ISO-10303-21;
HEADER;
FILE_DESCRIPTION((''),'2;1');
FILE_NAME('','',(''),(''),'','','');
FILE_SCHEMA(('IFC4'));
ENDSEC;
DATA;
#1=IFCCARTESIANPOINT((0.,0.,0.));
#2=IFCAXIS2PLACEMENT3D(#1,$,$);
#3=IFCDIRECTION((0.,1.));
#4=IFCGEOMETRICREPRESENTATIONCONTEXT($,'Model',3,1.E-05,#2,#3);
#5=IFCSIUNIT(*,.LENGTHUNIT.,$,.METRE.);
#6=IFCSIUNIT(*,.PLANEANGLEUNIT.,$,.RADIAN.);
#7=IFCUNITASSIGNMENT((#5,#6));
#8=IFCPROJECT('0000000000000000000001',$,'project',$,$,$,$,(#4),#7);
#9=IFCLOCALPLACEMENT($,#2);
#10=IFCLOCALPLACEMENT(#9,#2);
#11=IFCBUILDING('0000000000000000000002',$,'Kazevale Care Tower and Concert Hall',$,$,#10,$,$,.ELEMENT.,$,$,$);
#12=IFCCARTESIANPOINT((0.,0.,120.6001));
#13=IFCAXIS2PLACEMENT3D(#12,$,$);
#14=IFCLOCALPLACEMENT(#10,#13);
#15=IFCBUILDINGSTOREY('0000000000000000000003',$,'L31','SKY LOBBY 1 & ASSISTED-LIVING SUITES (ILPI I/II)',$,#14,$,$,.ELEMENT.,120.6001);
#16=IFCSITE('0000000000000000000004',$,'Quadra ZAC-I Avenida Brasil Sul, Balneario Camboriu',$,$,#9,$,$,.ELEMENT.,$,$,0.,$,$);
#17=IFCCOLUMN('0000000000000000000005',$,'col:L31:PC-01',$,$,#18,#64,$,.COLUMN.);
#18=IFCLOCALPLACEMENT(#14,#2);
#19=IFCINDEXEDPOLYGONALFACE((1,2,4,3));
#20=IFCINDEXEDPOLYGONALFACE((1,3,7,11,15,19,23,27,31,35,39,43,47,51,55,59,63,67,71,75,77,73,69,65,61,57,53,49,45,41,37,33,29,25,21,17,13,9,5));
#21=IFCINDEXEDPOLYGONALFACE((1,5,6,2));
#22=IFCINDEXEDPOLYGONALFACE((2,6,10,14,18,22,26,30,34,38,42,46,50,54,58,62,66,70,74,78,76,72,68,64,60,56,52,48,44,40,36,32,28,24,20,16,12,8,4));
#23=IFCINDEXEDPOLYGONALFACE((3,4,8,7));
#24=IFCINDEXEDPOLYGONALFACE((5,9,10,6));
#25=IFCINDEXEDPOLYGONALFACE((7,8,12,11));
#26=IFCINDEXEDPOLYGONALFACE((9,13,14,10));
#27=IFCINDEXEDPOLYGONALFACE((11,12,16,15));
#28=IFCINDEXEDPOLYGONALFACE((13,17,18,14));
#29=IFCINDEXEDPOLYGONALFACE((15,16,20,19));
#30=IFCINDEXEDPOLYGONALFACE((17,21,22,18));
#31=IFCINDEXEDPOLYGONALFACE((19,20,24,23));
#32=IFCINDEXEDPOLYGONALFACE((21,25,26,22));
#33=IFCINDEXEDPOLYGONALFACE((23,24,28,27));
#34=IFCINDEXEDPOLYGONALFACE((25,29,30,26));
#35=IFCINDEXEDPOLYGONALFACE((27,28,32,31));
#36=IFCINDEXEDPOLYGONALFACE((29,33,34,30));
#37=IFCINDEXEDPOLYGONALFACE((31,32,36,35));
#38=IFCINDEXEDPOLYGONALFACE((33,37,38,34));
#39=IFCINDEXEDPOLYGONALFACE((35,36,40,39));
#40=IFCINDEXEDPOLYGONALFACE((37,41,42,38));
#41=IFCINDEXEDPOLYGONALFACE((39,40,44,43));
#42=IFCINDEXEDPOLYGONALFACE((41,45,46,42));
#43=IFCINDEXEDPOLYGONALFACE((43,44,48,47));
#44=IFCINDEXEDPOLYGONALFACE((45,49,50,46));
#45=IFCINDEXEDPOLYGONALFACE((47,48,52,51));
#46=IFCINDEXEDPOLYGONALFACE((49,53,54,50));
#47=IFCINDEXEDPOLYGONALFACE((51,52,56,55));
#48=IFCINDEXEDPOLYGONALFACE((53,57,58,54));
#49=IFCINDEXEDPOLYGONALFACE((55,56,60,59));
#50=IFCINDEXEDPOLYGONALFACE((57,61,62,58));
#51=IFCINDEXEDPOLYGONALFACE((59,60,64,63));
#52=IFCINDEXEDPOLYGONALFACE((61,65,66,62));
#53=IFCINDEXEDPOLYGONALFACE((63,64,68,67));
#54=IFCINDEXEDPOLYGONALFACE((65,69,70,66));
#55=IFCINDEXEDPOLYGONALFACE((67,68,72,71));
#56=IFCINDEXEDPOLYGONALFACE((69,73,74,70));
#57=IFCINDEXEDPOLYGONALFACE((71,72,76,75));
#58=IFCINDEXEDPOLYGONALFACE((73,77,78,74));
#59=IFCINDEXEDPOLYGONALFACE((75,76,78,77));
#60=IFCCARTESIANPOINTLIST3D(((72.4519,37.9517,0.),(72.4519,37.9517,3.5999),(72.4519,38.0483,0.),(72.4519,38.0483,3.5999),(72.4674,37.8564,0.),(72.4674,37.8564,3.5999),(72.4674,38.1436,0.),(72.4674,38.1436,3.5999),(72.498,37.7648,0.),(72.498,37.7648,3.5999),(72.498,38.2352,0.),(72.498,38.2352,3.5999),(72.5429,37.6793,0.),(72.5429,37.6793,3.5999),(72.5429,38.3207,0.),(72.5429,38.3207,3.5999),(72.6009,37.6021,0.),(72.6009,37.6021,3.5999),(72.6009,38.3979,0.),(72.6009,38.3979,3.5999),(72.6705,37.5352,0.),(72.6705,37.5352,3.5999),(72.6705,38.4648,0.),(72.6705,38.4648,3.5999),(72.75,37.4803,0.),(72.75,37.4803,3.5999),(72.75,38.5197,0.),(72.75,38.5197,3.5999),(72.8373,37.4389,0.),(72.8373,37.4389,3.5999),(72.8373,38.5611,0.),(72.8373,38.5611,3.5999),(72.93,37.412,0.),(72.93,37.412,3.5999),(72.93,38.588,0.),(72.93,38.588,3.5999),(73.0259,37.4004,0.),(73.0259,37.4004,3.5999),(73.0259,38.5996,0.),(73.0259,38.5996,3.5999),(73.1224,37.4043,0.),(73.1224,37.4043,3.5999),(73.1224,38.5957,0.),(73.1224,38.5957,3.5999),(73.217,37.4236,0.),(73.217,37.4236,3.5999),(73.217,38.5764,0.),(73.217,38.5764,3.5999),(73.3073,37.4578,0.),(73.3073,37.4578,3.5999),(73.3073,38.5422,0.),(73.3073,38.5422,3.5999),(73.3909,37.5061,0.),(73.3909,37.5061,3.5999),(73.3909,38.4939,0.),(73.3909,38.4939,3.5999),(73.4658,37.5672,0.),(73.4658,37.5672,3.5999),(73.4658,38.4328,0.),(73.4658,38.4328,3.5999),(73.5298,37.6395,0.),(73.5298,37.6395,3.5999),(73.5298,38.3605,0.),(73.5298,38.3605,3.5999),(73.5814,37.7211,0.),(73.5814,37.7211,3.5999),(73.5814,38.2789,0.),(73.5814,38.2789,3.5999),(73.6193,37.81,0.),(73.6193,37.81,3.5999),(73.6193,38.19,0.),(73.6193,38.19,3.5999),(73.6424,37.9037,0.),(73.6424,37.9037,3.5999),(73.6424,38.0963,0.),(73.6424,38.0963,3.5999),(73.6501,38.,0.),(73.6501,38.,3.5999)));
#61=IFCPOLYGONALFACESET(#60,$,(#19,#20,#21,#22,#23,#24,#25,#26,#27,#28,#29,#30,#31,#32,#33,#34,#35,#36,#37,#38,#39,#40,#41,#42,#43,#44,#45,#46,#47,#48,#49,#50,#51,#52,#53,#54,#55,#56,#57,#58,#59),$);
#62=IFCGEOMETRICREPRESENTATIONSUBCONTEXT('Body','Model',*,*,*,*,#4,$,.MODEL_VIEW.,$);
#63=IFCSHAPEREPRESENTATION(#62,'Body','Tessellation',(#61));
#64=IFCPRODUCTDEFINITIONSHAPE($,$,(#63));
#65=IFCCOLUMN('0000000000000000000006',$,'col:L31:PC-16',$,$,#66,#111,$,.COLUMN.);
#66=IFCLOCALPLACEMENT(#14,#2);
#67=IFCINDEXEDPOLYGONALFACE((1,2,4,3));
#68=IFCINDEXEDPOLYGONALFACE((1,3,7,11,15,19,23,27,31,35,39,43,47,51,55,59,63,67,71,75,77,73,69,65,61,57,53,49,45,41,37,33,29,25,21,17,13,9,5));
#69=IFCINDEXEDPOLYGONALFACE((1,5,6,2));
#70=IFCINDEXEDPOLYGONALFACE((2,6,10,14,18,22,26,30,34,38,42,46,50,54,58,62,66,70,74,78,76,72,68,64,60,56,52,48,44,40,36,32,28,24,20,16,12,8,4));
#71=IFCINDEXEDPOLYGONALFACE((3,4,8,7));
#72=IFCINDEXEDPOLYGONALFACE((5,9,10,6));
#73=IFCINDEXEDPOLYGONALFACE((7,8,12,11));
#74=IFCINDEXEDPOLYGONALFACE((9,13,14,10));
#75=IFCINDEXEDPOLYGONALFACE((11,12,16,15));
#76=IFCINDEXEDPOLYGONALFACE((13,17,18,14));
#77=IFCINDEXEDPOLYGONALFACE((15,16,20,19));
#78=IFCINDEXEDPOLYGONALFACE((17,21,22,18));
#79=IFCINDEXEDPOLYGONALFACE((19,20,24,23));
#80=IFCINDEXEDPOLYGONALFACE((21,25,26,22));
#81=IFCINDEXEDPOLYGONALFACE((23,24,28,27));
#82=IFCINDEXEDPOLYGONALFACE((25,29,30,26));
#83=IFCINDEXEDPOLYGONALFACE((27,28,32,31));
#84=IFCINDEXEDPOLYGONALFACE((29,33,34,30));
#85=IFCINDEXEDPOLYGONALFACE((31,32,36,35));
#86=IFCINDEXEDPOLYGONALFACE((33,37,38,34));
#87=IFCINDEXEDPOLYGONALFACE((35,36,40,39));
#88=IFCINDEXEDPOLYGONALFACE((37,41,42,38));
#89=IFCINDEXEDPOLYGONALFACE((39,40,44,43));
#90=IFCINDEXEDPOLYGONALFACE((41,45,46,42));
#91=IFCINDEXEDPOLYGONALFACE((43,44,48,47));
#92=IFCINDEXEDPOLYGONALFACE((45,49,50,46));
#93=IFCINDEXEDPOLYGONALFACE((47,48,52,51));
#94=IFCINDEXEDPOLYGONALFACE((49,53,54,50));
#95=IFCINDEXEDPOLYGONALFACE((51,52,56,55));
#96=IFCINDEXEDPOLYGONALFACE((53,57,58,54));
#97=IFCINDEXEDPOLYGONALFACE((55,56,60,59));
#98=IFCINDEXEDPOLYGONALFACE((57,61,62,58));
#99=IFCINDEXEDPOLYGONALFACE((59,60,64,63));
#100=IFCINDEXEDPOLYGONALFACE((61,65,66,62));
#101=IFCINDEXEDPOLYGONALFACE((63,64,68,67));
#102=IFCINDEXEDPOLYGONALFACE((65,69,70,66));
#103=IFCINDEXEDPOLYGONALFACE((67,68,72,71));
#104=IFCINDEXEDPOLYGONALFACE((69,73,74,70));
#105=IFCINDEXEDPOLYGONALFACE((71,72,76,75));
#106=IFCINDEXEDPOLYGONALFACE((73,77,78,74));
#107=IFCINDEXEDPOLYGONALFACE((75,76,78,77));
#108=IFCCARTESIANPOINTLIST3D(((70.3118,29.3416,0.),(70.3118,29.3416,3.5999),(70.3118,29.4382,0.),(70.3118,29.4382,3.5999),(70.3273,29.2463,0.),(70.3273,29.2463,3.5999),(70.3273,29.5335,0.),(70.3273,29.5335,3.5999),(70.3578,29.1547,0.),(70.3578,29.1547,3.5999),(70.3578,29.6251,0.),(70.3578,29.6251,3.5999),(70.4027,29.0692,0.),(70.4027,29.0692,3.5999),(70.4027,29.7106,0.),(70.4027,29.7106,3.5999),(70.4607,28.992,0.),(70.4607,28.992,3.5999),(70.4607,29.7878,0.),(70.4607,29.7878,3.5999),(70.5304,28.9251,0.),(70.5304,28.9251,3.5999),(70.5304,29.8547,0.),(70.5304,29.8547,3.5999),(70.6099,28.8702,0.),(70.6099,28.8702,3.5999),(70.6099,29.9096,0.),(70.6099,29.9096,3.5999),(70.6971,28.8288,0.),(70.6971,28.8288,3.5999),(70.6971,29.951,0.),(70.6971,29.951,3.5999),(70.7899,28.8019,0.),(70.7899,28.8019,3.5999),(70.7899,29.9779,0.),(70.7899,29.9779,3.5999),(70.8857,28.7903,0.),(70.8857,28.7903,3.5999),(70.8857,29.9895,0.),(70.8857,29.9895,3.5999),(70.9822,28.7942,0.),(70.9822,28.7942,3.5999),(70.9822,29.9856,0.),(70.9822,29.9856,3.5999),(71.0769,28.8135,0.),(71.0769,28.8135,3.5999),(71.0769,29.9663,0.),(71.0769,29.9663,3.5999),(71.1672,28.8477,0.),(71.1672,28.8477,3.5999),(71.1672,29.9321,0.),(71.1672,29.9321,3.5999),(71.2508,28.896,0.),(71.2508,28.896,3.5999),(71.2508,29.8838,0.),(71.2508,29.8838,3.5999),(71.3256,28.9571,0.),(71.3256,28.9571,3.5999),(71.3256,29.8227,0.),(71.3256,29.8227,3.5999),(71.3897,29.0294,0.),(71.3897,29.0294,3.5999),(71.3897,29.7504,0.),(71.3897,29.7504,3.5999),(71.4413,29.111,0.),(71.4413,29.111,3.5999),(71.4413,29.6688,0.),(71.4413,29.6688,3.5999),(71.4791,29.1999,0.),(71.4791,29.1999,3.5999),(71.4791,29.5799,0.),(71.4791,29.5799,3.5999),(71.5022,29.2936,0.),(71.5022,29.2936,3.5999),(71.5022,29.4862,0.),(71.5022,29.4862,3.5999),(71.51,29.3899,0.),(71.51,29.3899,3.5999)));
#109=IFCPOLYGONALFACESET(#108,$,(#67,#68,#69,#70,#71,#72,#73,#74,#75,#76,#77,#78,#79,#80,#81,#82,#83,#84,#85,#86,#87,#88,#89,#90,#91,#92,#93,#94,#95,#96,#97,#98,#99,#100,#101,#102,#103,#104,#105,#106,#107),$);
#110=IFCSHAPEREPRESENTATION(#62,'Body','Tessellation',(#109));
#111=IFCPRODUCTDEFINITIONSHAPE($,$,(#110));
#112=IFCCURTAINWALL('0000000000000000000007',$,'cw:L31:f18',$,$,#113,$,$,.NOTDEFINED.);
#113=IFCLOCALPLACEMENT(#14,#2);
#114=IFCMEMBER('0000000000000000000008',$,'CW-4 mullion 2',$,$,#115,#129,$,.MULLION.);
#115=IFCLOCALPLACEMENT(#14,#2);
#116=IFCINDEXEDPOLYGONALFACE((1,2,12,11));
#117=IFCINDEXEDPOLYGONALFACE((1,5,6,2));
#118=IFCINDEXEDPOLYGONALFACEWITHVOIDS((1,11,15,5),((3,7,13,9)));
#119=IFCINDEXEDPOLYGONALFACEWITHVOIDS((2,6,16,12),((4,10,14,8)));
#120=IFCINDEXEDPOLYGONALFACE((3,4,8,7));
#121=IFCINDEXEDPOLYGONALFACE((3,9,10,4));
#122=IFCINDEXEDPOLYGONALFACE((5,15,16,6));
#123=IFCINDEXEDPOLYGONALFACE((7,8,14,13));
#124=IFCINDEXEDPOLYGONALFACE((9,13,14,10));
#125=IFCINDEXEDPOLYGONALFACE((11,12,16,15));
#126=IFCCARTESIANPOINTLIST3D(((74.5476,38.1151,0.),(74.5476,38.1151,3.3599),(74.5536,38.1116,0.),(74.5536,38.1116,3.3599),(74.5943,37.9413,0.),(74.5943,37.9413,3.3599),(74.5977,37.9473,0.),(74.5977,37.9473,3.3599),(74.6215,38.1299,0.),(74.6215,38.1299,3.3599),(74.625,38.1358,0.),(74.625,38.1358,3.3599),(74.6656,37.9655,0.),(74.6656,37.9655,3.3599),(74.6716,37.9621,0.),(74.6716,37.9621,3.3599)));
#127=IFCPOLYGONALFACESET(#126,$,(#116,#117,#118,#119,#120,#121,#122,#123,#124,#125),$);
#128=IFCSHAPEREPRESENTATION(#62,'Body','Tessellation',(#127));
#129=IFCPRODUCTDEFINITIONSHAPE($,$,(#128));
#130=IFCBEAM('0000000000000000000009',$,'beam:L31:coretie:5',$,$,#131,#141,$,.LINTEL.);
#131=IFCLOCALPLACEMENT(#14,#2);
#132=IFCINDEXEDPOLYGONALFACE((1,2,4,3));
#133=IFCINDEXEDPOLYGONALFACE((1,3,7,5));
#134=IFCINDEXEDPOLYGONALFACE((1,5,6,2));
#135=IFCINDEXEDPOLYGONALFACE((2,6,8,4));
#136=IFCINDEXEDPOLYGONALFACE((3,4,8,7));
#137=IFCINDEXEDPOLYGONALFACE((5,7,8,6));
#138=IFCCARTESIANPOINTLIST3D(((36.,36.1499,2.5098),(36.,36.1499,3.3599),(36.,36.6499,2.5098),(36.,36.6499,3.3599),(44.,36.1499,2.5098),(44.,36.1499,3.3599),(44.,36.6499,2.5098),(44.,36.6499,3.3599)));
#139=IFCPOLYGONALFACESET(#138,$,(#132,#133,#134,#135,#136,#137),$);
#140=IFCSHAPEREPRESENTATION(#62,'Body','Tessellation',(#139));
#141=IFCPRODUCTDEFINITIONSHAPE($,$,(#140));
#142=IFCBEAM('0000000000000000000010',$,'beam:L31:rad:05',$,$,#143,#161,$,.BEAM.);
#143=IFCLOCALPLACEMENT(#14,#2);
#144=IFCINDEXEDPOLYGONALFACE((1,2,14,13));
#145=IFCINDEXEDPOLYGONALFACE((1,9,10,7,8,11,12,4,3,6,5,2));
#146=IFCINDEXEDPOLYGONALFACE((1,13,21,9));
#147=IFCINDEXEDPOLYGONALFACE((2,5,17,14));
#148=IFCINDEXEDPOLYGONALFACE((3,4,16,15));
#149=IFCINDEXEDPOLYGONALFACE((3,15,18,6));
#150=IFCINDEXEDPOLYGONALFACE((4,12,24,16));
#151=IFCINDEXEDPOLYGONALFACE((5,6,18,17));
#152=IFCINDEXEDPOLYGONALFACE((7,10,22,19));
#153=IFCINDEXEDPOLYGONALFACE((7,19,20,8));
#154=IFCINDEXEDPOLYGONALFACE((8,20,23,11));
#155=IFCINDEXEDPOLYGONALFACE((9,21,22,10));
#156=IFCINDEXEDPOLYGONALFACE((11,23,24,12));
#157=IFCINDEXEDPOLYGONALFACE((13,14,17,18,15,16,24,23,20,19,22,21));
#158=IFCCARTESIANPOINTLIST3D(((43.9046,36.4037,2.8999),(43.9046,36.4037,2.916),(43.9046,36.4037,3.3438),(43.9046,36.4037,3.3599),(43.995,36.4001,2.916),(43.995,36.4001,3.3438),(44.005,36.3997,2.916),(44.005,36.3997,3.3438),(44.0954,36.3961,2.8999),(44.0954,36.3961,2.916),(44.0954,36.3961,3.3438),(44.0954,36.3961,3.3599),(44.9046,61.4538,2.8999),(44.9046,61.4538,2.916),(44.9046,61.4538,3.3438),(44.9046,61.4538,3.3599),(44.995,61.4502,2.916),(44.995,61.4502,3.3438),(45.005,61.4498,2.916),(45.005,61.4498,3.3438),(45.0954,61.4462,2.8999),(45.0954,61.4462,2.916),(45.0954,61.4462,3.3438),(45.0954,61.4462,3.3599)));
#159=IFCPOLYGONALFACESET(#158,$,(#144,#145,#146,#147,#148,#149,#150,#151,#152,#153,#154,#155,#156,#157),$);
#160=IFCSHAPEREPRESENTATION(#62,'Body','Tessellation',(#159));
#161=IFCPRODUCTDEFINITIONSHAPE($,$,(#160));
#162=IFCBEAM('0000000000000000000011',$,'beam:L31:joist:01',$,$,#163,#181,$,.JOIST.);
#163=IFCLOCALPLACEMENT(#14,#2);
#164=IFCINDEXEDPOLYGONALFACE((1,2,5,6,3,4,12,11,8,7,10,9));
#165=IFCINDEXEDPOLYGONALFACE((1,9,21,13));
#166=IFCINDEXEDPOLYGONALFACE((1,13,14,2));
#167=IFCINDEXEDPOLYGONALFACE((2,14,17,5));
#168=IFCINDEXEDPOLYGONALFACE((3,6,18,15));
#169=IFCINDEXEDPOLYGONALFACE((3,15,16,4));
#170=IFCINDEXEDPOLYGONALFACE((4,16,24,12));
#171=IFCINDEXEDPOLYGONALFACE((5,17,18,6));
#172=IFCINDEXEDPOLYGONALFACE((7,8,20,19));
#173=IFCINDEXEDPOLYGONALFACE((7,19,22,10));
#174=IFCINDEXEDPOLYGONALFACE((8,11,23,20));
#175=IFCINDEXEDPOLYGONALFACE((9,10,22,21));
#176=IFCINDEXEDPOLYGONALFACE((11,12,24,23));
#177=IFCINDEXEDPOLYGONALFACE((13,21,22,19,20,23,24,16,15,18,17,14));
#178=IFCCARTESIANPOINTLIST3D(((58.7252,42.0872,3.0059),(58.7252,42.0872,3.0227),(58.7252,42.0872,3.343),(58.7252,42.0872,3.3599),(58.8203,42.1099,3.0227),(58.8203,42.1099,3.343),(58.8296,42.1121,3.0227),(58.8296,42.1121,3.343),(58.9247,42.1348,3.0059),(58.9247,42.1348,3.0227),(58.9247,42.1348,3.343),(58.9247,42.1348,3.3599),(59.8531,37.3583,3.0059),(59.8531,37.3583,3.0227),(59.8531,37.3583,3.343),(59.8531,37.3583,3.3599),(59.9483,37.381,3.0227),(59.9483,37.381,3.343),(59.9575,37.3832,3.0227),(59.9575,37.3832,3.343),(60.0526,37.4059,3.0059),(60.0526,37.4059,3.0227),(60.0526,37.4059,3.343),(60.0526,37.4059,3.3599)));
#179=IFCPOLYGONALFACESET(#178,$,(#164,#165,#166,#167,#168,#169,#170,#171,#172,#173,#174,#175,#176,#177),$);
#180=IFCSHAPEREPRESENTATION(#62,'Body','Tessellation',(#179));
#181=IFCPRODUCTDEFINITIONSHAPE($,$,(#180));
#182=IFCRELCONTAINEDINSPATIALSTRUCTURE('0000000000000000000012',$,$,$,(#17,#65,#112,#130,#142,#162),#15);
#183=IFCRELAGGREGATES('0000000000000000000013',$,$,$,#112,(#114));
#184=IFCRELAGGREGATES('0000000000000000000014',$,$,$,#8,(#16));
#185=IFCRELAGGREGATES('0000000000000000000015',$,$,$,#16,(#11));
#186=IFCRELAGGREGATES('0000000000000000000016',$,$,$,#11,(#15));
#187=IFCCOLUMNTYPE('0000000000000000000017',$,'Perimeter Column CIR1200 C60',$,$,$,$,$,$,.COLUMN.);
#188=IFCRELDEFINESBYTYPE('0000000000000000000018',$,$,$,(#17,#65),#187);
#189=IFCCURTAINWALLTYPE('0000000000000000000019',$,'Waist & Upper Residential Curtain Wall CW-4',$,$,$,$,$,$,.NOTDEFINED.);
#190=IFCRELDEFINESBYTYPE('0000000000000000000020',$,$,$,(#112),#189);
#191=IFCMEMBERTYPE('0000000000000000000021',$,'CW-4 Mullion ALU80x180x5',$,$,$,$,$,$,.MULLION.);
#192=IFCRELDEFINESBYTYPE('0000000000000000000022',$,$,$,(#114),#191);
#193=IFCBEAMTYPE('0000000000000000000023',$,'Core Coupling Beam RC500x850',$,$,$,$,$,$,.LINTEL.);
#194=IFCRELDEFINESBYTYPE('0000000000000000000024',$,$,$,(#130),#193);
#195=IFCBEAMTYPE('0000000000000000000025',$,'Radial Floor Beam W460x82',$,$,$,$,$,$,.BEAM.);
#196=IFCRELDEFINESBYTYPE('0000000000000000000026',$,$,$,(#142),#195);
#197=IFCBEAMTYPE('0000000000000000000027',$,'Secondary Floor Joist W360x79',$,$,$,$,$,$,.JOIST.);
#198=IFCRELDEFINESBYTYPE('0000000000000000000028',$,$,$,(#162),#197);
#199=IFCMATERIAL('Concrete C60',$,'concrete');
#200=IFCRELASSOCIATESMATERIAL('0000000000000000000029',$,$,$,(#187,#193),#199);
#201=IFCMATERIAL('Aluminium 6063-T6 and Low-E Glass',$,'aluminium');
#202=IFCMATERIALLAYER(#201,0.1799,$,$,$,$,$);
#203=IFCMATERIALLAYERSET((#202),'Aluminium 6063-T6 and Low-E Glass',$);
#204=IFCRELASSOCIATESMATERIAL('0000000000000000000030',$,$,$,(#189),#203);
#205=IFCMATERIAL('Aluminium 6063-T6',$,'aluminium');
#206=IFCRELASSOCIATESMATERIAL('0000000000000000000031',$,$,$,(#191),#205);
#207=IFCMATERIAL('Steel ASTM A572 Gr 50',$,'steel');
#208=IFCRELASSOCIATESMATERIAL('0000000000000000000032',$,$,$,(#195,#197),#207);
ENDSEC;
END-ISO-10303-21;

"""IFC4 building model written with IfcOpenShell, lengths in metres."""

from ifc_helpers import new_model, si_unit, direction, frame, origin, origin_2d, place, context, subcontext, project, spatial, rectangle, hollow_rectangle, circle, i_section, extrude, material, layer, layer_set, material_profile, profile_set, type_object, element, aggregate, save


model = new_model("IFC4")

# Units and contexts
model_context = context("Model", 3, precision=1e-05, world=origin(), true_north=direction((0.0, 1.0)))
body_context = subcontext(model_context, "Body", "Model", "MODEL_VIEW")
ifc_project = project(units=[si_unit("LENGTHUNIT", "METRE"), si_unit("PLANEANGLEUNIT", "RADIAN")], contexts=[model_context])

# Site, building, storey
site_placement = place(None, origin())
site = spatial("IfcSite", under=ifc_project, at=site_placement, Name="Quadra ZAC-I Avenida Brasil Sul, Balneario Camboriu", CompositionType="ELEMENT", RefElevation=0.0)
building_placement = place(site_placement, origin())
building = spatial("IfcBuilding", under=site, at=building_placement, Name="Kazevale Care Tower and Concert Hall", CompositionType="ELEMENT")
storey_placement = place(building_placement, frame((0.0, 0.0, 120.6001)))
storey = spatial("IfcBuildingStorey", under=building, at=storey_placement, Name="L31", Description="SKY LOBBY 1 & ASSISTED-LIVING SUITES (ILPI I/II)", CompositionType="ELEMENT", Elevation=120.6001)

# Columns
ifc_material_1 = material(Name="Concrete C60", Category="concrete")
ifc_material_profile_1 = material_profile(ifc_material_1, circle(Radius=0.6001, at=origin_2d()), Name="RC-CIR1200")
ifc_profile_set_1 = profile_set([ifc_material_profile_1], Name="Concrete C60")
column_type = type_object("IfcColumnType", Name="Perimeter Column CIR1200 C60", PredefinedType="COLUMN", material=ifc_profile_set_1)
for number, where, z_axis, x_axis, name in (
    (1, (73.05, 38.0, 0.0), (0.0, 0.0, 1.0), (1.0, 0.0, 0.0), "col:L31:PC-01"),
    (2, (70.9099, 29.3899, 0.0), (0.0, 0.0, 1.0), (1.0, 0.0, 0.0), "col:L31:PC-16"),
):
    element("IfcColumn", number, at=place(storey_placement, frame(where, z_axis=z_axis, x_axis=x_axis)), inside=storey, type_object=column_type, Name=name, PredefinedType="COLUMN", context=body_context, shape_type="SweptSolid", body=[
        extrude(circle(Radius=0.6001, at=origin_2d()), origin(), (0.0, 0.0, 1.0), 3.5999),
    ])

# Curtain wall, member
ifc_material_2 = material(Name="Aluminium 6063-T6 and Low-E Glass", Category="aluminium")
ifc_layer_1 = layer(ifc_material_2, 0.1799)
ifc_layer_set_1 = layer_set([ifc_layer_1], Name="Aluminium 6063-T6 and Low-E Glass")
curtain_wall_type = type_object("IfcCurtainWallType", Name="Waist & Upper Residential Curtain Wall CW-4", PredefinedType="NOTDEFINED", material=ifc_layer_set_1)
curtain_wall_placement = place(storey_placement, origin())
curtain_wall = element("IfcCurtainWall", 3, at=curtain_wall_placement, inside=storey, type_object=curtain_wall_type, Name="cw:L31:f18", PredefinedType="NOTDEFINED")
ifc_material_3 = material(Name="Aluminium 6063-T6", Category="aluminium")
ifc_material_profile_2 = material_profile(ifc_material_3, hollow_rectangle(XDim=0.0801, YDim=0.1799, WallThickness=0.0049, at=origin_2d()), Name="ALU80x180x5")
ifc_profile_set_2 = profile_set([ifc_material_profile_2], Name="Aluminium 6063-T6")
member_type = type_object("IfcMemberType", Name="CW-4 Mullion ALU80x180x5", PredefinedType="MULLION", material=ifc_profile_set_2)
member_placement = place(storey_placement, frame((74.6096, 38.0386, 0.0), z_axis=(0.0, 0.0, 1.0), x_axis=(0.965806, 0.259265, 0.0)))
member = element("IfcMember", 4, at=member_placement, type_object=member_type, Name="CW-4 mullion 2", PredefinedType="MULLION", context=body_context, shape_type="SweptSolid", body=[
    extrude(hollow_rectangle(XDim=0.0801, YDim=0.1799, WallThickness=0.0049, at=origin_2d()), origin(), (0.0, 0.0, 1.0), 3.3599),
])
aggregate(curtain_wall, [member])

# Beams
ifc_material_profile_3 = material_profile(ifc_material_1, rectangle(XDim=0.5, YDim=0.8501, at=origin_2d()), Name="RC-B500x850")
ifc_profile_set_3 = profile_set([ifc_material_profile_3], Name="Concrete C60")
beam_type_1 = type_object("IfcBeamType", Name="Core Coupling Beam RC500x850", PredefinedType="LINTEL", material=ifc_profile_set_3)
beam_1_placement = place(storey_placement, frame((44.0, 36.3999, 2.9348), z_axis=(-1.0, 0.0, 0.0), x_axis=(0.0, -1.0, 0.0)))
element("IfcBeam", 5, at=beam_1_placement, inside=storey, type_object=beam_type_1, Name="beam:L31:coretie:5", PredefinedType="LINTEL", context=body_context, shape_type="SweptSolid", body=[
    extrude(rectangle(XDim=0.5, YDim=0.8501, at=origin_2d()), origin(), (0.0, 0.0, 1.0), 8.0),
])
ifc_material_4 = material(Name="Steel ASTM A572 Gr 50", Category="steel")
ifc_material_profile_4 = material_profile(ifc_material_4, i_section(OverallWidth=0.1909, OverallDepth=0.46, WebThickness=0.01, FlangeThickness=0.0161, at=origin_2d()), Name="W460x82")
ifc_profile_set_4 = profile_set([ifc_material_profile_4], Name="Steel ASTM A572 Gr 50")
beam_type_2 = type_object("IfcBeamType", Name="Radial Floor Beam W460x82", PredefinedType="BEAM", material=ifc_profile_set_4)
beam_2_placement = place(storey_placement, frame((44.0, 36.3999, 3.1299), z_axis=(0.039888, 0.999204, 0.0), x_axis=(-0.999204, 0.039888, 0.0)))
element("IfcBeam", 6, at=beam_2_placement, inside=storey, type_object=beam_type_2, Name="beam:L31:rad:05", PredefinedType="BEAM", context=body_context, shape_type="SweptSolid", body=[
    extrude(i_section(OverallWidth=0.1909, OverallDepth=0.46, WebThickness=0.01, FlangeThickness=0.0161, at=origin_2d()), origin(), (0.0, 0.0, 1.0), 25.0701),
])
ifc_material_profile_5 = material_profile(ifc_material_4, i_section(OverallWidth=0.2051, OverallDepth=0.354, WebThickness=0.0095, FlangeThickness=0.0168, at=origin_2d()), Name="W360x79")
ifc_profile_set_5 = profile_set([ifc_material_profile_5], Name="Steel ASTM A572 Gr 50")
beam_type_3 = type_object("IfcBeamType", Name="Secondary Floor Joist W360x79", PredefinedType="JOIST", material=ifc_profile_set_5)
beam_3_placement = place(storey_placement, frame((59.9529, 37.3821, 3.1829), z_axis=(-0.232005, 0.972715, 0.0), x_axis=(-0.972715, -0.232005, 0.0)))
element("IfcBeam", 7, at=beam_3_placement, inside=storey, type_object=beam_type_3, Name="beam:L31:joist:01", PredefinedType="JOIST", context=body_context, shape_type="SweptSolid", body=[
    extrude(i_section(OverallWidth=0.2051, OverallDepth=0.354, WebThickness=0.0095, FlangeThickness=0.0168, at=origin_2d()), origin(), (0.0, 0.0, 1.0), 4.8616),
])

save(model, "model.ifc")
